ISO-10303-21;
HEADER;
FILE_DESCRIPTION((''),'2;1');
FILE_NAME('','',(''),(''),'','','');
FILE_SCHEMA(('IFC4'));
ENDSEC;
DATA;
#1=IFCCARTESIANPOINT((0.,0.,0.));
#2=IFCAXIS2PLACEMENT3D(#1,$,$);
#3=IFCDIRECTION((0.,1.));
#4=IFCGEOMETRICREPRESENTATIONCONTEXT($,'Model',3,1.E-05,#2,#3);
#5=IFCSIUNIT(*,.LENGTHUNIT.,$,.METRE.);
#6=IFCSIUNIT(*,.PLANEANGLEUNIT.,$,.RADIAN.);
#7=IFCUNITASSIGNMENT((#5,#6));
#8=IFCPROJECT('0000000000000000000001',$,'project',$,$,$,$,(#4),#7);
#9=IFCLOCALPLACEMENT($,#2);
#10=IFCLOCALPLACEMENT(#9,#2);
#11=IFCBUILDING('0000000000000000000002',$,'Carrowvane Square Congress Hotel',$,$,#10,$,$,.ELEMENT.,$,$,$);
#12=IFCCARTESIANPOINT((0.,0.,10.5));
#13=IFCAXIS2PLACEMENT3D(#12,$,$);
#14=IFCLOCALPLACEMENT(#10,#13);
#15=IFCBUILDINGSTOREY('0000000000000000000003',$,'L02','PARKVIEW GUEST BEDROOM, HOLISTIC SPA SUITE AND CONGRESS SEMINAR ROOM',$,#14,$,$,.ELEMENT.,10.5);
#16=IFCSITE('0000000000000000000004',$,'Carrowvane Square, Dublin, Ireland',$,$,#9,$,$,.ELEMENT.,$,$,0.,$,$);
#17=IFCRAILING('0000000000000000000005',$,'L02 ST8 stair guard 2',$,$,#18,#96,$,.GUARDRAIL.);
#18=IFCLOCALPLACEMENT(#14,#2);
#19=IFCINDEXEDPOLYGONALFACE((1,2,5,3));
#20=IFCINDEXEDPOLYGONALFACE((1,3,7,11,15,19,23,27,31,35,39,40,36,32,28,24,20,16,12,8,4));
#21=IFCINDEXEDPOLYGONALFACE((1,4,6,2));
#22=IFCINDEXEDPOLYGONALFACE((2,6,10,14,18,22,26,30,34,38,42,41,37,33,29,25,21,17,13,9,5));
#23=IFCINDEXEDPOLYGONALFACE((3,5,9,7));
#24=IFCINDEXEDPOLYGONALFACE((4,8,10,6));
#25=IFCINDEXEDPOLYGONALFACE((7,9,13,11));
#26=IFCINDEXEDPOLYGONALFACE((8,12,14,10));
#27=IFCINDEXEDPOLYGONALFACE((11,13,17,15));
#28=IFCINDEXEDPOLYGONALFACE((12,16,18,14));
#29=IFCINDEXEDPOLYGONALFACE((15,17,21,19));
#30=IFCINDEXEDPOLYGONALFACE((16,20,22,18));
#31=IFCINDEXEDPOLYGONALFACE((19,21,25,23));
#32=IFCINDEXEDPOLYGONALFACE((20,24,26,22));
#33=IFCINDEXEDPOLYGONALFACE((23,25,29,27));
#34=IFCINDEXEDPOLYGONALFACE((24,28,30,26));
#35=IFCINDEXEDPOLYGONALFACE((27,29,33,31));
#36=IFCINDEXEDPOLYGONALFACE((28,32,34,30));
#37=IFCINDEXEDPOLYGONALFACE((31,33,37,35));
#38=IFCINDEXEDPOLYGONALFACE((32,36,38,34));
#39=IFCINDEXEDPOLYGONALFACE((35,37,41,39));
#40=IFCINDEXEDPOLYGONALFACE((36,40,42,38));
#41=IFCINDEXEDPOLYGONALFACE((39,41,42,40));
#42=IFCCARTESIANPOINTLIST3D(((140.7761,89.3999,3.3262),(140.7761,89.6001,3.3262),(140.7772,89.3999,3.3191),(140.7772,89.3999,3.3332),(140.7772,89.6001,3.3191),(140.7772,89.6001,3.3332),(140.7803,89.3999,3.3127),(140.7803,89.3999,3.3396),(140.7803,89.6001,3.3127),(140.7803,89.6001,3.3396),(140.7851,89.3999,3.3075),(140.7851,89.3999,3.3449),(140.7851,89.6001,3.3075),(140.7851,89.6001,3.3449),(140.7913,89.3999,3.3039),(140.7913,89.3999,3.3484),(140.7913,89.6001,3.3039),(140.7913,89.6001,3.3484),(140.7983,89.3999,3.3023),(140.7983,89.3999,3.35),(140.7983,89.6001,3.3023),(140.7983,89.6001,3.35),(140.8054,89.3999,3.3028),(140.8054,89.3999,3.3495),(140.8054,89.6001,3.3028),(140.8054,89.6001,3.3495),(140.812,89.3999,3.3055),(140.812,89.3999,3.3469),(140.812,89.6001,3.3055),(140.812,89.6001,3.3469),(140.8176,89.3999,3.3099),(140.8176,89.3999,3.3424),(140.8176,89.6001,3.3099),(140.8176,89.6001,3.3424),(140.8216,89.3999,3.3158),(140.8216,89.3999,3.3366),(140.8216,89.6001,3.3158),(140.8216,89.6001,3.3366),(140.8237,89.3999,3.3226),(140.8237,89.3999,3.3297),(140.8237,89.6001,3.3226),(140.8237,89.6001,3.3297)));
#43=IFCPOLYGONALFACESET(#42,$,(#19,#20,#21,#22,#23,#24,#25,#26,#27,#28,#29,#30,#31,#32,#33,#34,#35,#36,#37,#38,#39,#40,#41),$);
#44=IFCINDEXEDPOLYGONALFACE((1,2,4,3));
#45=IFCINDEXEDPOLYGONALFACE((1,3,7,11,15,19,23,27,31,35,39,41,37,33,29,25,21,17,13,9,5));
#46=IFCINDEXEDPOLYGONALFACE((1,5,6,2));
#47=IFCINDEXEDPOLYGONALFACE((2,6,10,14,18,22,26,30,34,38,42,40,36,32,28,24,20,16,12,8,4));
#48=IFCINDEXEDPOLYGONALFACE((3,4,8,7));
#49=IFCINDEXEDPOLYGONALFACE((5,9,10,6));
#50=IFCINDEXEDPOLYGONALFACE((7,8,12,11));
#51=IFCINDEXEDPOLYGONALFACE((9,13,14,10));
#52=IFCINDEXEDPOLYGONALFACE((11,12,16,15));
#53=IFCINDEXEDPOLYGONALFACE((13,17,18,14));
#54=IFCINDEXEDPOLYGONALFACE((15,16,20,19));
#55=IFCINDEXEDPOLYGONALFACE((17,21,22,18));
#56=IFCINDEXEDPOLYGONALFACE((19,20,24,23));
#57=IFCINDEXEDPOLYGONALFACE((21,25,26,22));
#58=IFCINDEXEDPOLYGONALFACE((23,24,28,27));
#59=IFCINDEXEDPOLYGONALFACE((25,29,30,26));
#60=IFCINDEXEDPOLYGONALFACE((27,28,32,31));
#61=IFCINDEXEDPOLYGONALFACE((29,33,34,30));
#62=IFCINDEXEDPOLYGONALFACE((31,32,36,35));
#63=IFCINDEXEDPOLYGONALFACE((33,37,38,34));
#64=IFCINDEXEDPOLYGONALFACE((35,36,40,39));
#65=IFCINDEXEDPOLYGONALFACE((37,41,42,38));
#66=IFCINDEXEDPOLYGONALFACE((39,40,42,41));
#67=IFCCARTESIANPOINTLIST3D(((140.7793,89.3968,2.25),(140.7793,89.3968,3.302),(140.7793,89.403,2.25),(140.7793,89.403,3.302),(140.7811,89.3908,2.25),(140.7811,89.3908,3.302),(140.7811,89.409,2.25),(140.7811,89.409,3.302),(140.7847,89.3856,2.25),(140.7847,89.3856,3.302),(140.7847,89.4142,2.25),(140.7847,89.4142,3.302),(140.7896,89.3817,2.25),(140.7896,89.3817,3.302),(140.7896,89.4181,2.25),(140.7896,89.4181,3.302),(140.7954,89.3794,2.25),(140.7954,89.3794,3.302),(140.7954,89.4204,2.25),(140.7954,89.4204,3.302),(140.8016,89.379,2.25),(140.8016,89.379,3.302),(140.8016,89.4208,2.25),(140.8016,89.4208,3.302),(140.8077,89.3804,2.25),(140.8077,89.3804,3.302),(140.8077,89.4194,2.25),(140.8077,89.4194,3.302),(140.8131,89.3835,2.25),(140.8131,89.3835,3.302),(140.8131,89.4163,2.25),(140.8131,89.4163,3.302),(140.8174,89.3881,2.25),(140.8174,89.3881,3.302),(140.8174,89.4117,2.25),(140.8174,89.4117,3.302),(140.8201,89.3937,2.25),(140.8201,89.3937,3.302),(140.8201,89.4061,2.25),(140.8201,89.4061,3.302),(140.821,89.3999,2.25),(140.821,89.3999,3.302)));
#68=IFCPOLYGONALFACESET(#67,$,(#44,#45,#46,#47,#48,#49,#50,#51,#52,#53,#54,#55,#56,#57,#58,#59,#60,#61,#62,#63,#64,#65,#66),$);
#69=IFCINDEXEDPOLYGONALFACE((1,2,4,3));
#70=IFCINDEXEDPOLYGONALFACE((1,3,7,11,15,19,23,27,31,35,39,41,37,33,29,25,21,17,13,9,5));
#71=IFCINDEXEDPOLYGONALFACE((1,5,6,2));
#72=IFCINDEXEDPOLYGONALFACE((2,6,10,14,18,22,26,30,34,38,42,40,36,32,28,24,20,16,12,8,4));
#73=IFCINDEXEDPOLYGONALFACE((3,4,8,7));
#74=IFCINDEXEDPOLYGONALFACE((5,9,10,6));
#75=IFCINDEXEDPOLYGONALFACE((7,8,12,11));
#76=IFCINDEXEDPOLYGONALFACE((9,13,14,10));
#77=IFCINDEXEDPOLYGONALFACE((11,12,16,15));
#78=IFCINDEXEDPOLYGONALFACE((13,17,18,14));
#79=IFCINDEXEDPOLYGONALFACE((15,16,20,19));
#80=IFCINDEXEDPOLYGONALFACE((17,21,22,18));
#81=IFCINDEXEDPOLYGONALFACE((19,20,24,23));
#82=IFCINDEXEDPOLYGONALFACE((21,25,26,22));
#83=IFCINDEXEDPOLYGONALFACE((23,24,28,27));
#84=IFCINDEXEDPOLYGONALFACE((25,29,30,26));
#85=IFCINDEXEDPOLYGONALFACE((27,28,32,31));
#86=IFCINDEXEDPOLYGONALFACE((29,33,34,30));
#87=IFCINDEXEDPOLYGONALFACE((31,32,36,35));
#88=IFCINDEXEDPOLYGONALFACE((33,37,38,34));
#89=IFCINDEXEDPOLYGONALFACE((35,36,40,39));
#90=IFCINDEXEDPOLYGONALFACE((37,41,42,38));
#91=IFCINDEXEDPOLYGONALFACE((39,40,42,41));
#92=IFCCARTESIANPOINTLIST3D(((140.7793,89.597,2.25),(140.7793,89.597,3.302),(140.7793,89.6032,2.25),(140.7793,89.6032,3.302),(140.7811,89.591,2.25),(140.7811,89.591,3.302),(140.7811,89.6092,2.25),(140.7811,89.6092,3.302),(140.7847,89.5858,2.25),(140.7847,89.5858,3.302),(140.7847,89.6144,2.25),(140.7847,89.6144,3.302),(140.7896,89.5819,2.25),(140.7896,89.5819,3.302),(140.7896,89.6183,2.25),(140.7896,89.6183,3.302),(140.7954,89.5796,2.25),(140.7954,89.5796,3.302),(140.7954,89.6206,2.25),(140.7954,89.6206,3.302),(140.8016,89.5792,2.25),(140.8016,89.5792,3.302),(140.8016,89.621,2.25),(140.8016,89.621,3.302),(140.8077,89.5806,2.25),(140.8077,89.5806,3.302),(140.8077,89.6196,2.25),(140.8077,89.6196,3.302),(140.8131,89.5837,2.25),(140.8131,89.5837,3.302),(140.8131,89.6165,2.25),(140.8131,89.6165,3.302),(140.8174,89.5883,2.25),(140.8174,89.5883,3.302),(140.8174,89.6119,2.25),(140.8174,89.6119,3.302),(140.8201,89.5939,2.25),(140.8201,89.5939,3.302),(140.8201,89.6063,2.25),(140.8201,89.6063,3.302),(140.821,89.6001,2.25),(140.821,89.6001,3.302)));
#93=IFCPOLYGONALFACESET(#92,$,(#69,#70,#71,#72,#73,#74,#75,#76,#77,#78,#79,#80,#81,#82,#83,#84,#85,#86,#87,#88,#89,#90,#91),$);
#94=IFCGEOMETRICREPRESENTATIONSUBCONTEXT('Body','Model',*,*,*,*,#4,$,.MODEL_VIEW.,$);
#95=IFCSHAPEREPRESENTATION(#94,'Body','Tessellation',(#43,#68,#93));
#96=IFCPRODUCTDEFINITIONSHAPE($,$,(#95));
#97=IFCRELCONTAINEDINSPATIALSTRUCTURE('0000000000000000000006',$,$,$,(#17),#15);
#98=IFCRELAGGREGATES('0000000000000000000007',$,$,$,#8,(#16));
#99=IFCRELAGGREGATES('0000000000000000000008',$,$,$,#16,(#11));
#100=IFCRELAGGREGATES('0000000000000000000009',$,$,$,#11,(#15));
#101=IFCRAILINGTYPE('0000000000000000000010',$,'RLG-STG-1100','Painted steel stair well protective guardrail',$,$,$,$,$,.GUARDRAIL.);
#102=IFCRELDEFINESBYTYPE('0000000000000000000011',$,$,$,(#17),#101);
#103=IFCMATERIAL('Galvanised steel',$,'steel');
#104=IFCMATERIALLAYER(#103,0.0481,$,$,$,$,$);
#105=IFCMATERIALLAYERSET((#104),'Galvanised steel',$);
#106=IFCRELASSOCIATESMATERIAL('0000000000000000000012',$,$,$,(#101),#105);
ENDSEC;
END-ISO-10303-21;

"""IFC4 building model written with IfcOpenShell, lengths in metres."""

from ifc_helpers import new_model, si_unit, direction, frame, origin, origin_2d, place, context, subcontext, project, spatial, circle, extrude, material, layer, layer_set, type_object, element, save


model = new_model("IFC4")

# Units and contexts
model_context = context("Model", 3, precision=1e-05, world=origin(), true_north=direction((0.0, 1.0)))
body_context = subcontext(model_context, "Body", "Model", "MODEL_VIEW")
ifc_project = project(units=[si_unit("LENGTHUNIT", "METRE"), si_unit("PLANEANGLEUNIT", "RADIAN")], contexts=[model_context])

# Site, building, storey
site_placement = place(None, origin())
site = spatial("IfcSite", under=ifc_project, at=site_placement, Name="Carrowvane Square, Dublin, Ireland", CompositionType="ELEMENT", RefElevation=0.0)
building_placement = place(site_placement, origin())
building = spatial("IfcBuilding", under=site, at=building_placement, Name="Carrowvane Square Congress Hotel", CompositionType="ELEMENT")
storey_placement = place(building_placement, frame((0.0, 0.0, 10.5)))
storey = spatial("IfcBuildingStorey", under=building, at=storey_placement, Name="L02", Description="PARKVIEW GUEST BEDROOM, HOLISTIC SPA SUITE AND CONGRESS SEMINAR ROOM", CompositionType="ELEMENT", Elevation=10.5)

# Railing
ifc_material_1 = material(Name="Galvanised steel", Category="steel")
ifc_layer_1 = layer(ifc_material_1, 0.0481)
ifc_layer_set_1 = layer_set([ifc_layer_1], Name="Galvanised steel")
railing_type_1 = type_object("IfcRailingType", Name="RLG-STG-1100", Description="Painted steel stair well protective guardrail", PredefinedType="GUARDRAIL", material=ifc_layer_set_1)
railing_1_placement = place(storey_placement, frame((140.8, 89.3999, 2.25)))
element("IfcRailing", 1, at=railing_1_placement, inside=storey, type_object=railing_type_1, Name="L02 ST8 stair guard 2", PredefinedType="GUARDRAIL", context=body_context, shape_type="SweptSolid", body=[
    extrude(circle(Radius=0.0239, at=origin_2d()), frame((0.0, 0.0, 1.0762), z_axis=(0.0, 1.0, 0.0), x_axis=(-1.0, 0.0, 0.0)), (0.0, 0.0, 1.0), 0.2002),
    extrude(circle(Radius=0.021, at=origin_2d()), origin(), (0.0, 0.0, 1.0), 1.052),
    extrude(circle(Radius=0.021, at=origin_2d()), frame((0.0, 0.2002, 0.0)), (0.0, 0.0, 1.0), 1.052),
])

save(model, "model.ifc")
